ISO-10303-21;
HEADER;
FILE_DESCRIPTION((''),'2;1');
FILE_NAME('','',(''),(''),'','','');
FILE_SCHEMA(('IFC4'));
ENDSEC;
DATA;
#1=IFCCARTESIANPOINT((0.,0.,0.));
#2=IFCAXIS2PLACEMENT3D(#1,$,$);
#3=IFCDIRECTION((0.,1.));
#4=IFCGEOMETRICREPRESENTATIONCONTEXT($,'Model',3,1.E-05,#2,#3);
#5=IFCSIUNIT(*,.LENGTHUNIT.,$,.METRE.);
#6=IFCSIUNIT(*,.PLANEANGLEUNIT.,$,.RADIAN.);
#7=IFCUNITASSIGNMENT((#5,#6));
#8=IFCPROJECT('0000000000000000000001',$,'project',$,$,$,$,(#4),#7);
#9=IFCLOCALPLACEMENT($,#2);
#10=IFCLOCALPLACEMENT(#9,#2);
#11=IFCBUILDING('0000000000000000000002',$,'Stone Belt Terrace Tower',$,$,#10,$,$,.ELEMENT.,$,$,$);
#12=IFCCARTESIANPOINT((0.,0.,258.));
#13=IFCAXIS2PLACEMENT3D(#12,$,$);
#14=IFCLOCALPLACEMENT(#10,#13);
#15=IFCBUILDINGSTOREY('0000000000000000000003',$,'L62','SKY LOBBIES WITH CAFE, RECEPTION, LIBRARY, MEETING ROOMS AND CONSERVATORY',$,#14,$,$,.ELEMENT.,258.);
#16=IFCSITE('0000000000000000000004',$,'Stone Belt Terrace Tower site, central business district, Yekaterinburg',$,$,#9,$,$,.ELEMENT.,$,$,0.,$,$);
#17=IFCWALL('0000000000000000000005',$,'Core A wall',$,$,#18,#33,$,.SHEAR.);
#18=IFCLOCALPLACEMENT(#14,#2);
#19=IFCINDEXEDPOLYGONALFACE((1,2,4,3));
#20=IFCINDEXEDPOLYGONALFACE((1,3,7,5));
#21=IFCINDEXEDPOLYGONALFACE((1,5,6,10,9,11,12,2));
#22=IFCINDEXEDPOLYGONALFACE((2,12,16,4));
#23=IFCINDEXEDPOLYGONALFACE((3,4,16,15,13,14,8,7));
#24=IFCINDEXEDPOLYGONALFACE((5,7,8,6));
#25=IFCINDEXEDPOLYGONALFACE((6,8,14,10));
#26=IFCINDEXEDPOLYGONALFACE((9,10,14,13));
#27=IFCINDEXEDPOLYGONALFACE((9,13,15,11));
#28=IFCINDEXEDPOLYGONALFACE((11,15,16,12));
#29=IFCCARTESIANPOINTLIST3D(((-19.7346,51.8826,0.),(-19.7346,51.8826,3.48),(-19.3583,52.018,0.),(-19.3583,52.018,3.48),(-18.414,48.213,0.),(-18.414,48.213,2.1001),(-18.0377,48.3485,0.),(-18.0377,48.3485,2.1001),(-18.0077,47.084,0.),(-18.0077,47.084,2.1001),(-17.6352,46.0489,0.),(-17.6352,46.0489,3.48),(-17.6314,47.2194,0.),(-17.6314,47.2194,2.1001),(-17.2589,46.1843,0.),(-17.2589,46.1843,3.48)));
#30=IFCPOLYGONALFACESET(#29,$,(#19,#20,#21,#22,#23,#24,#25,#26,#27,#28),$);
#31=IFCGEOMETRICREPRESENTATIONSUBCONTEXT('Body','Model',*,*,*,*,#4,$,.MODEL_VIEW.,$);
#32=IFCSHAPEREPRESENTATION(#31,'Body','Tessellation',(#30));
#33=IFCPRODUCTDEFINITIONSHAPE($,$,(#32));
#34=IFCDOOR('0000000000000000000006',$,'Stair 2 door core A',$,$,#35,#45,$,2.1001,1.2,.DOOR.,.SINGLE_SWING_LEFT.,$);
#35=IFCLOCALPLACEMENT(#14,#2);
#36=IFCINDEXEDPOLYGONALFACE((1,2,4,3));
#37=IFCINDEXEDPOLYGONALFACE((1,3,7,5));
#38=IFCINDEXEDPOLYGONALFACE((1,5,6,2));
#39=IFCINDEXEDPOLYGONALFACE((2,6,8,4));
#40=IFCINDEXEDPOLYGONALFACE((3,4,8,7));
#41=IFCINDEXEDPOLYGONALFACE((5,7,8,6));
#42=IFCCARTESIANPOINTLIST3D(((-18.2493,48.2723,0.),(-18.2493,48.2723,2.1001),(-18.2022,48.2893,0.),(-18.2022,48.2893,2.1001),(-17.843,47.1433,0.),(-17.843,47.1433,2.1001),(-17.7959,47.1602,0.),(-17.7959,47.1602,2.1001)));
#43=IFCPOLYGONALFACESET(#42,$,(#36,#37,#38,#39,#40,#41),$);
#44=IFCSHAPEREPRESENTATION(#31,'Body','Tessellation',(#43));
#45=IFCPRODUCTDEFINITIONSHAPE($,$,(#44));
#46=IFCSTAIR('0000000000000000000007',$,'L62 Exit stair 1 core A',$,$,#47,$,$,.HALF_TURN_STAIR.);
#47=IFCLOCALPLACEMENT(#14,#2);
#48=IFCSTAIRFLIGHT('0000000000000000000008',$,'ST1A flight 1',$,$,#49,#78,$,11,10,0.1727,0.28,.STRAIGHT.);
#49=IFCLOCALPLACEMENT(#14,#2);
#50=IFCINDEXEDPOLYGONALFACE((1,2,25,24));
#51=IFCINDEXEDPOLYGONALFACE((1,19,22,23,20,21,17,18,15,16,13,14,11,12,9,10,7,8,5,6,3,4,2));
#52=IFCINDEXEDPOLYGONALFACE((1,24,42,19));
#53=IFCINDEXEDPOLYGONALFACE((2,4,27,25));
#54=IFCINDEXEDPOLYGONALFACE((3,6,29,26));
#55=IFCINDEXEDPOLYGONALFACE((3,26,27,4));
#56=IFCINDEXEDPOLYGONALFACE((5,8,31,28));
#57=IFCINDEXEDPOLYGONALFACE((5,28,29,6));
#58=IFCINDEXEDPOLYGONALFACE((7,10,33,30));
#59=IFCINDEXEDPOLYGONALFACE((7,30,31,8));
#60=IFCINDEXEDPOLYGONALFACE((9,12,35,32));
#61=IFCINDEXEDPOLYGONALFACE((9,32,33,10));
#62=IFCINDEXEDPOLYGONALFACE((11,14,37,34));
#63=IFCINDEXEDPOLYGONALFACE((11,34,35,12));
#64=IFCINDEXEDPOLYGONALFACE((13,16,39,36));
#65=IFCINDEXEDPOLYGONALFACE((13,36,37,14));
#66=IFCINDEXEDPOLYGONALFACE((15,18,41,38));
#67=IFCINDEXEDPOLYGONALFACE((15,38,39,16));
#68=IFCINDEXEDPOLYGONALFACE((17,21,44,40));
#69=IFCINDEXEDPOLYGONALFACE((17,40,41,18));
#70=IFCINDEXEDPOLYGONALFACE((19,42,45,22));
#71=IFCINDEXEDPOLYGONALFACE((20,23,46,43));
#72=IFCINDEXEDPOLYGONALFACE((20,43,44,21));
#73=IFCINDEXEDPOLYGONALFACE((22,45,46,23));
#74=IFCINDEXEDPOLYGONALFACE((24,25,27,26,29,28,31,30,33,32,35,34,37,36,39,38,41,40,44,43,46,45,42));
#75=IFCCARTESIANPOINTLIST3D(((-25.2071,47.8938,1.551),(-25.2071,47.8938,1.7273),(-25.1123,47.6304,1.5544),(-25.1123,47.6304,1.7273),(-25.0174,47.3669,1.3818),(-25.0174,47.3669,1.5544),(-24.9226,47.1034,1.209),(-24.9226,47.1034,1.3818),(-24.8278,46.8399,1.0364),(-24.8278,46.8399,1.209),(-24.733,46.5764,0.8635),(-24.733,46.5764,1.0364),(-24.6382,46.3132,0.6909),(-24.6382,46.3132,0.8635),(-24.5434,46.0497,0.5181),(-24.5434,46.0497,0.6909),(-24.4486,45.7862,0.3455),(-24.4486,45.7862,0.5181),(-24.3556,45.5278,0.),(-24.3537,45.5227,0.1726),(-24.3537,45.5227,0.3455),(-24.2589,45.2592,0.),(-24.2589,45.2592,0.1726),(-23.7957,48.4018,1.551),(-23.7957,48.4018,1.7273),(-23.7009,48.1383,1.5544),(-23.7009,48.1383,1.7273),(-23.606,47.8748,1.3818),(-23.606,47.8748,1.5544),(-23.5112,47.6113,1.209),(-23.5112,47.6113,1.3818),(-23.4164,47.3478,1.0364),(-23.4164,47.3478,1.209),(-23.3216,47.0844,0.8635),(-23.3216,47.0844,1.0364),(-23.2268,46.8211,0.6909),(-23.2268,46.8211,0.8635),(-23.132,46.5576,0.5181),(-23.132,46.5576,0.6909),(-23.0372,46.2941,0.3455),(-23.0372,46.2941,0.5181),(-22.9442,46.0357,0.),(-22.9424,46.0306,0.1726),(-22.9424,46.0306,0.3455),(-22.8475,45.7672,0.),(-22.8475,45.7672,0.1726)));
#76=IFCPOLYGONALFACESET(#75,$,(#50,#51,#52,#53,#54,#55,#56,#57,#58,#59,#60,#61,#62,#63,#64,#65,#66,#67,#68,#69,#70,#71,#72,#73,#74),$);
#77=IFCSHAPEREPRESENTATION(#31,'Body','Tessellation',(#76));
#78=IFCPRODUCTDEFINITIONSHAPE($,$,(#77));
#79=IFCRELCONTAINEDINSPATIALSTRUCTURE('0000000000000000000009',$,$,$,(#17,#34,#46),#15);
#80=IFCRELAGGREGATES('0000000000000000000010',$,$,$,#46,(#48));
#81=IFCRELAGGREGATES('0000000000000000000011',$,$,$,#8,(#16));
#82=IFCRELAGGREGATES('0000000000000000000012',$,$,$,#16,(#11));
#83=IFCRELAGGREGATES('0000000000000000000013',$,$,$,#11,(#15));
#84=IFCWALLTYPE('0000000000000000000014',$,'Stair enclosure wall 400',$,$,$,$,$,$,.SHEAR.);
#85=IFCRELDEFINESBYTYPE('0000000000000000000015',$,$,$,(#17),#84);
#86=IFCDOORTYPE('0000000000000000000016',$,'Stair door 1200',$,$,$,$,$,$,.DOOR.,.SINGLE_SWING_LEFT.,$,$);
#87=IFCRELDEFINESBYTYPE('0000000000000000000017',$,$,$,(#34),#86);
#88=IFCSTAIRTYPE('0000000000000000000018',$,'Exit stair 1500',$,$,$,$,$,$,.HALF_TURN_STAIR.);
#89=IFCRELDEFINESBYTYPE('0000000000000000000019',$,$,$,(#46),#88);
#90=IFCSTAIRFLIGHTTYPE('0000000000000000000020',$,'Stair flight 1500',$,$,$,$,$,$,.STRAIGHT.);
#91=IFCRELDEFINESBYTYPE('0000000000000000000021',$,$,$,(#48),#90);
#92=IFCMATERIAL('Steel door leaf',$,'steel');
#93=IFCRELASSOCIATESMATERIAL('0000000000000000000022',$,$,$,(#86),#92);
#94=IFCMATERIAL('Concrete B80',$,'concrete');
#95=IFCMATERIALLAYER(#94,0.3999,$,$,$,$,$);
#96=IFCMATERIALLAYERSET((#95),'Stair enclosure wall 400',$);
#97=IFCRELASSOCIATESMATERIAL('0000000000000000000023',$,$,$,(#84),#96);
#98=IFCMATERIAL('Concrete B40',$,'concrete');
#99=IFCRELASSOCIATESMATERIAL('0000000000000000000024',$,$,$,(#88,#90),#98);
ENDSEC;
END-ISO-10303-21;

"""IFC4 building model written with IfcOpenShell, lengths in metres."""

from ifc_helpers import new_model, si_unit, direction, frame, frame_2d, origin, place, context, subcontext, project, spatial, polyline, rectangle, outline, extrude, material, layer, layer_set, type_object, element, fill, aggregate, save


model = new_model("IFC4")

# Units and contexts
model_context = context("Model", 3, precision=1e-05, world=origin(), true_north=direction((0.0, 1.0)))
body_context = subcontext(model_context, "Body", "Model", "MODEL_VIEW")
ifc_project = project(units=[si_unit("LENGTHUNIT", "METRE"), si_unit("PLANEANGLEUNIT", "RADIAN")], contexts=[model_context])

# Site, building, storey
site_placement = place(None, origin())
site = spatial("IfcSite", under=ifc_project, at=site_placement, Name="Stone Belt Terrace Tower site, central business district, Yekaterinburg", CompositionType="ELEMENT", RefElevation=0.0)
building_placement = place(site_placement, origin())
building = spatial("IfcBuilding", under=site, at=building_placement, Name="Stone Belt Terrace Tower", CompositionType="ELEMENT")
storey_placement = place(building_placement, frame((0.0, 0.0, 258.0)))
storey = spatial("IfcBuildingStorey", under=building, at=storey_placement, Name="L62", Description="SKY LOBBIES WITH CAFE, RECEPTION, LIBRARY, MEETING ROOMS AND CONSERVATORY", CompositionType="ELEMENT", Elevation=258.0)

# Shared definitions
ifc_material_1 = material(Name="Concrete B80", Category="concrete")

# Shared definitions
ifc_material_2 = material(Name="Steel door leaf", Category="steel")
door_type_1 = type_object("IfcDoorType", Name="Stair door 1200", OperationType="SINGLE_SWING_LEFT", PredefinedType="DOOR", material=ifc_material_2)
ifc_layer_1 = layer(ifc_material_1, 0.3999)
ifc_layer_set_1 = layer_set([ifc_layer_1], Name="Stair enclosure wall 400")
wall_type_1 = type_object("IfcWallType", Name="Stair enclosure wall 400", PredefinedType="SHEAR", material=ifc_layer_set_1)

# Wall, opening, door
wall_1_placement = place(storey_placement, frame((-17.447, 46.1165, 0.0), z_axis=(0.0, 0.0, 1.0), x_axis=(-0.338608, 0.940928, 0.0)))
wall_1 = element("IfcWall", 1, at=wall_1_placement, inside=storey, type_object=wall_type_1, Name="Core A wall", PredefinedType="SHEAR", context=body_context, shape_type="SweptSolid", body=[
    extrude(rectangle(XDim=6.2, YDim=0.3999, at=frame_2d((3.1001, 0.0))), origin(), (0.0, 0.0, 1.0), 3.48),
])
opening_1_placement = place(wall_1_placement, frame((1.1001, 0.0, 0.0)))
opening_1 = element("IfcOpeningElement", 2, at=opening_1_placement, cuts=wall_1, PredefinedType="OPENING", context=body_context, shape_type="SweptSolid", body=[
    extrude(rectangle(XDim=1.2, YDim=2.1001, at=frame_2d((0.6001, 1.05))), frame((0.0, 0.21, 0.0), z_axis=(0.0, -1.0, 0.0), x_axis=(1.0, 0.0, 0.0)), (0.0, 0.0, 1.0), 0.4199),
])
door_1_placement = place(opening_1_placement, origin())
door_1 = element("IfcDoor", 3, at=door_1_placement, inside=storey, type_object=door_type_1, Name="Stair 2 door core A", OperationType="SINGLE_SWING_LEFT", OverallHeight=2.1001, OverallWidth=1.2, PredefinedType="DOOR", context=body_context, shape_type="SweptSolid", body=[
    extrude(rectangle(XDim=1.2, YDim=2.1001, at=frame_2d((0.6001, 1.05))), frame((0.0, 0.0249, 0.0), z_axis=(0.0, -1.0, 0.0), x_axis=(1.0, 0.0, 0.0)), (0.0, 0.0, 1.0), 0.05),
])
fill(opening_1, door_1)

# Stair, stair flight
ifc_material_3 = material(Name="Concrete B40", Category="concrete")
stair_type = type_object("IfcStairType", Name="Exit stair 1500", PredefinedType="HALF_TURN_STAIR", material=ifc_material_3)
stair_placement = place(storey_placement, origin())
stair = element("IfcStair", 4, at=stair_placement, inside=storey, type_object=stair_type, Name="L62 Exit stair 1 core A", PredefinedType="HALF_TURN_STAIR")
stair_flight_type = type_object("IfcStairFlightType", Name="Stair flight 1500", PredefinedType="STRAIGHT", material=ifc_material_3)
stair_flight_placement = place(storey_placement, frame((-23.5532, 45.5132, 0.0), z_axis=(0.0, 0.0, 1.0), x_axis=(-0.338624, 0.940922, 0.0)))
stair_flight = element("IfcStairFlight", 5, at=stair_flight_placement, type_object=stair_flight_type, Name="ST1A flight 1", NumberOfRisers=11, NumberOfTreads=10, PredefinedType="STRAIGHT", RiserHeight=0.1727, TreadLength=0.28, context=body_context, shape_type="SweptSolid", body=[
    extrude(outline(polyline([(0.0, 0.0), (0.0, 0.1726), (0.28, 0.1726), (0.28, 0.3455), (0.5601, 0.3455), (0.5601, 0.5181), (0.8401, 0.5181), (0.8401, 0.6909), (1.1201, 0.6909), (1.1201, 0.8635), (1.3999, 0.8635), (1.3999, 1.0364), (1.6799, 1.0364), (1.6799, 1.209), (1.96, 1.209), (1.96, 1.3818), (2.24, 1.3818), (2.24, 1.5544), (2.52, 1.5544), (2.52, 1.7273), (2.8, 1.7273), (2.8, 1.8999), (2.8, 1.551), (0.2854, 0.0), (0.0, 0.0)])), frame((0.0, 0.75, 0.0), z_axis=(0.0, -1.0, 0.0), x_axis=(1.0, 0.0, 0.0)), (0.0, 0.0, 1.0), 1.5),
])
aggregate(stair, [stair_flight])

save(model, "model.ifc")
